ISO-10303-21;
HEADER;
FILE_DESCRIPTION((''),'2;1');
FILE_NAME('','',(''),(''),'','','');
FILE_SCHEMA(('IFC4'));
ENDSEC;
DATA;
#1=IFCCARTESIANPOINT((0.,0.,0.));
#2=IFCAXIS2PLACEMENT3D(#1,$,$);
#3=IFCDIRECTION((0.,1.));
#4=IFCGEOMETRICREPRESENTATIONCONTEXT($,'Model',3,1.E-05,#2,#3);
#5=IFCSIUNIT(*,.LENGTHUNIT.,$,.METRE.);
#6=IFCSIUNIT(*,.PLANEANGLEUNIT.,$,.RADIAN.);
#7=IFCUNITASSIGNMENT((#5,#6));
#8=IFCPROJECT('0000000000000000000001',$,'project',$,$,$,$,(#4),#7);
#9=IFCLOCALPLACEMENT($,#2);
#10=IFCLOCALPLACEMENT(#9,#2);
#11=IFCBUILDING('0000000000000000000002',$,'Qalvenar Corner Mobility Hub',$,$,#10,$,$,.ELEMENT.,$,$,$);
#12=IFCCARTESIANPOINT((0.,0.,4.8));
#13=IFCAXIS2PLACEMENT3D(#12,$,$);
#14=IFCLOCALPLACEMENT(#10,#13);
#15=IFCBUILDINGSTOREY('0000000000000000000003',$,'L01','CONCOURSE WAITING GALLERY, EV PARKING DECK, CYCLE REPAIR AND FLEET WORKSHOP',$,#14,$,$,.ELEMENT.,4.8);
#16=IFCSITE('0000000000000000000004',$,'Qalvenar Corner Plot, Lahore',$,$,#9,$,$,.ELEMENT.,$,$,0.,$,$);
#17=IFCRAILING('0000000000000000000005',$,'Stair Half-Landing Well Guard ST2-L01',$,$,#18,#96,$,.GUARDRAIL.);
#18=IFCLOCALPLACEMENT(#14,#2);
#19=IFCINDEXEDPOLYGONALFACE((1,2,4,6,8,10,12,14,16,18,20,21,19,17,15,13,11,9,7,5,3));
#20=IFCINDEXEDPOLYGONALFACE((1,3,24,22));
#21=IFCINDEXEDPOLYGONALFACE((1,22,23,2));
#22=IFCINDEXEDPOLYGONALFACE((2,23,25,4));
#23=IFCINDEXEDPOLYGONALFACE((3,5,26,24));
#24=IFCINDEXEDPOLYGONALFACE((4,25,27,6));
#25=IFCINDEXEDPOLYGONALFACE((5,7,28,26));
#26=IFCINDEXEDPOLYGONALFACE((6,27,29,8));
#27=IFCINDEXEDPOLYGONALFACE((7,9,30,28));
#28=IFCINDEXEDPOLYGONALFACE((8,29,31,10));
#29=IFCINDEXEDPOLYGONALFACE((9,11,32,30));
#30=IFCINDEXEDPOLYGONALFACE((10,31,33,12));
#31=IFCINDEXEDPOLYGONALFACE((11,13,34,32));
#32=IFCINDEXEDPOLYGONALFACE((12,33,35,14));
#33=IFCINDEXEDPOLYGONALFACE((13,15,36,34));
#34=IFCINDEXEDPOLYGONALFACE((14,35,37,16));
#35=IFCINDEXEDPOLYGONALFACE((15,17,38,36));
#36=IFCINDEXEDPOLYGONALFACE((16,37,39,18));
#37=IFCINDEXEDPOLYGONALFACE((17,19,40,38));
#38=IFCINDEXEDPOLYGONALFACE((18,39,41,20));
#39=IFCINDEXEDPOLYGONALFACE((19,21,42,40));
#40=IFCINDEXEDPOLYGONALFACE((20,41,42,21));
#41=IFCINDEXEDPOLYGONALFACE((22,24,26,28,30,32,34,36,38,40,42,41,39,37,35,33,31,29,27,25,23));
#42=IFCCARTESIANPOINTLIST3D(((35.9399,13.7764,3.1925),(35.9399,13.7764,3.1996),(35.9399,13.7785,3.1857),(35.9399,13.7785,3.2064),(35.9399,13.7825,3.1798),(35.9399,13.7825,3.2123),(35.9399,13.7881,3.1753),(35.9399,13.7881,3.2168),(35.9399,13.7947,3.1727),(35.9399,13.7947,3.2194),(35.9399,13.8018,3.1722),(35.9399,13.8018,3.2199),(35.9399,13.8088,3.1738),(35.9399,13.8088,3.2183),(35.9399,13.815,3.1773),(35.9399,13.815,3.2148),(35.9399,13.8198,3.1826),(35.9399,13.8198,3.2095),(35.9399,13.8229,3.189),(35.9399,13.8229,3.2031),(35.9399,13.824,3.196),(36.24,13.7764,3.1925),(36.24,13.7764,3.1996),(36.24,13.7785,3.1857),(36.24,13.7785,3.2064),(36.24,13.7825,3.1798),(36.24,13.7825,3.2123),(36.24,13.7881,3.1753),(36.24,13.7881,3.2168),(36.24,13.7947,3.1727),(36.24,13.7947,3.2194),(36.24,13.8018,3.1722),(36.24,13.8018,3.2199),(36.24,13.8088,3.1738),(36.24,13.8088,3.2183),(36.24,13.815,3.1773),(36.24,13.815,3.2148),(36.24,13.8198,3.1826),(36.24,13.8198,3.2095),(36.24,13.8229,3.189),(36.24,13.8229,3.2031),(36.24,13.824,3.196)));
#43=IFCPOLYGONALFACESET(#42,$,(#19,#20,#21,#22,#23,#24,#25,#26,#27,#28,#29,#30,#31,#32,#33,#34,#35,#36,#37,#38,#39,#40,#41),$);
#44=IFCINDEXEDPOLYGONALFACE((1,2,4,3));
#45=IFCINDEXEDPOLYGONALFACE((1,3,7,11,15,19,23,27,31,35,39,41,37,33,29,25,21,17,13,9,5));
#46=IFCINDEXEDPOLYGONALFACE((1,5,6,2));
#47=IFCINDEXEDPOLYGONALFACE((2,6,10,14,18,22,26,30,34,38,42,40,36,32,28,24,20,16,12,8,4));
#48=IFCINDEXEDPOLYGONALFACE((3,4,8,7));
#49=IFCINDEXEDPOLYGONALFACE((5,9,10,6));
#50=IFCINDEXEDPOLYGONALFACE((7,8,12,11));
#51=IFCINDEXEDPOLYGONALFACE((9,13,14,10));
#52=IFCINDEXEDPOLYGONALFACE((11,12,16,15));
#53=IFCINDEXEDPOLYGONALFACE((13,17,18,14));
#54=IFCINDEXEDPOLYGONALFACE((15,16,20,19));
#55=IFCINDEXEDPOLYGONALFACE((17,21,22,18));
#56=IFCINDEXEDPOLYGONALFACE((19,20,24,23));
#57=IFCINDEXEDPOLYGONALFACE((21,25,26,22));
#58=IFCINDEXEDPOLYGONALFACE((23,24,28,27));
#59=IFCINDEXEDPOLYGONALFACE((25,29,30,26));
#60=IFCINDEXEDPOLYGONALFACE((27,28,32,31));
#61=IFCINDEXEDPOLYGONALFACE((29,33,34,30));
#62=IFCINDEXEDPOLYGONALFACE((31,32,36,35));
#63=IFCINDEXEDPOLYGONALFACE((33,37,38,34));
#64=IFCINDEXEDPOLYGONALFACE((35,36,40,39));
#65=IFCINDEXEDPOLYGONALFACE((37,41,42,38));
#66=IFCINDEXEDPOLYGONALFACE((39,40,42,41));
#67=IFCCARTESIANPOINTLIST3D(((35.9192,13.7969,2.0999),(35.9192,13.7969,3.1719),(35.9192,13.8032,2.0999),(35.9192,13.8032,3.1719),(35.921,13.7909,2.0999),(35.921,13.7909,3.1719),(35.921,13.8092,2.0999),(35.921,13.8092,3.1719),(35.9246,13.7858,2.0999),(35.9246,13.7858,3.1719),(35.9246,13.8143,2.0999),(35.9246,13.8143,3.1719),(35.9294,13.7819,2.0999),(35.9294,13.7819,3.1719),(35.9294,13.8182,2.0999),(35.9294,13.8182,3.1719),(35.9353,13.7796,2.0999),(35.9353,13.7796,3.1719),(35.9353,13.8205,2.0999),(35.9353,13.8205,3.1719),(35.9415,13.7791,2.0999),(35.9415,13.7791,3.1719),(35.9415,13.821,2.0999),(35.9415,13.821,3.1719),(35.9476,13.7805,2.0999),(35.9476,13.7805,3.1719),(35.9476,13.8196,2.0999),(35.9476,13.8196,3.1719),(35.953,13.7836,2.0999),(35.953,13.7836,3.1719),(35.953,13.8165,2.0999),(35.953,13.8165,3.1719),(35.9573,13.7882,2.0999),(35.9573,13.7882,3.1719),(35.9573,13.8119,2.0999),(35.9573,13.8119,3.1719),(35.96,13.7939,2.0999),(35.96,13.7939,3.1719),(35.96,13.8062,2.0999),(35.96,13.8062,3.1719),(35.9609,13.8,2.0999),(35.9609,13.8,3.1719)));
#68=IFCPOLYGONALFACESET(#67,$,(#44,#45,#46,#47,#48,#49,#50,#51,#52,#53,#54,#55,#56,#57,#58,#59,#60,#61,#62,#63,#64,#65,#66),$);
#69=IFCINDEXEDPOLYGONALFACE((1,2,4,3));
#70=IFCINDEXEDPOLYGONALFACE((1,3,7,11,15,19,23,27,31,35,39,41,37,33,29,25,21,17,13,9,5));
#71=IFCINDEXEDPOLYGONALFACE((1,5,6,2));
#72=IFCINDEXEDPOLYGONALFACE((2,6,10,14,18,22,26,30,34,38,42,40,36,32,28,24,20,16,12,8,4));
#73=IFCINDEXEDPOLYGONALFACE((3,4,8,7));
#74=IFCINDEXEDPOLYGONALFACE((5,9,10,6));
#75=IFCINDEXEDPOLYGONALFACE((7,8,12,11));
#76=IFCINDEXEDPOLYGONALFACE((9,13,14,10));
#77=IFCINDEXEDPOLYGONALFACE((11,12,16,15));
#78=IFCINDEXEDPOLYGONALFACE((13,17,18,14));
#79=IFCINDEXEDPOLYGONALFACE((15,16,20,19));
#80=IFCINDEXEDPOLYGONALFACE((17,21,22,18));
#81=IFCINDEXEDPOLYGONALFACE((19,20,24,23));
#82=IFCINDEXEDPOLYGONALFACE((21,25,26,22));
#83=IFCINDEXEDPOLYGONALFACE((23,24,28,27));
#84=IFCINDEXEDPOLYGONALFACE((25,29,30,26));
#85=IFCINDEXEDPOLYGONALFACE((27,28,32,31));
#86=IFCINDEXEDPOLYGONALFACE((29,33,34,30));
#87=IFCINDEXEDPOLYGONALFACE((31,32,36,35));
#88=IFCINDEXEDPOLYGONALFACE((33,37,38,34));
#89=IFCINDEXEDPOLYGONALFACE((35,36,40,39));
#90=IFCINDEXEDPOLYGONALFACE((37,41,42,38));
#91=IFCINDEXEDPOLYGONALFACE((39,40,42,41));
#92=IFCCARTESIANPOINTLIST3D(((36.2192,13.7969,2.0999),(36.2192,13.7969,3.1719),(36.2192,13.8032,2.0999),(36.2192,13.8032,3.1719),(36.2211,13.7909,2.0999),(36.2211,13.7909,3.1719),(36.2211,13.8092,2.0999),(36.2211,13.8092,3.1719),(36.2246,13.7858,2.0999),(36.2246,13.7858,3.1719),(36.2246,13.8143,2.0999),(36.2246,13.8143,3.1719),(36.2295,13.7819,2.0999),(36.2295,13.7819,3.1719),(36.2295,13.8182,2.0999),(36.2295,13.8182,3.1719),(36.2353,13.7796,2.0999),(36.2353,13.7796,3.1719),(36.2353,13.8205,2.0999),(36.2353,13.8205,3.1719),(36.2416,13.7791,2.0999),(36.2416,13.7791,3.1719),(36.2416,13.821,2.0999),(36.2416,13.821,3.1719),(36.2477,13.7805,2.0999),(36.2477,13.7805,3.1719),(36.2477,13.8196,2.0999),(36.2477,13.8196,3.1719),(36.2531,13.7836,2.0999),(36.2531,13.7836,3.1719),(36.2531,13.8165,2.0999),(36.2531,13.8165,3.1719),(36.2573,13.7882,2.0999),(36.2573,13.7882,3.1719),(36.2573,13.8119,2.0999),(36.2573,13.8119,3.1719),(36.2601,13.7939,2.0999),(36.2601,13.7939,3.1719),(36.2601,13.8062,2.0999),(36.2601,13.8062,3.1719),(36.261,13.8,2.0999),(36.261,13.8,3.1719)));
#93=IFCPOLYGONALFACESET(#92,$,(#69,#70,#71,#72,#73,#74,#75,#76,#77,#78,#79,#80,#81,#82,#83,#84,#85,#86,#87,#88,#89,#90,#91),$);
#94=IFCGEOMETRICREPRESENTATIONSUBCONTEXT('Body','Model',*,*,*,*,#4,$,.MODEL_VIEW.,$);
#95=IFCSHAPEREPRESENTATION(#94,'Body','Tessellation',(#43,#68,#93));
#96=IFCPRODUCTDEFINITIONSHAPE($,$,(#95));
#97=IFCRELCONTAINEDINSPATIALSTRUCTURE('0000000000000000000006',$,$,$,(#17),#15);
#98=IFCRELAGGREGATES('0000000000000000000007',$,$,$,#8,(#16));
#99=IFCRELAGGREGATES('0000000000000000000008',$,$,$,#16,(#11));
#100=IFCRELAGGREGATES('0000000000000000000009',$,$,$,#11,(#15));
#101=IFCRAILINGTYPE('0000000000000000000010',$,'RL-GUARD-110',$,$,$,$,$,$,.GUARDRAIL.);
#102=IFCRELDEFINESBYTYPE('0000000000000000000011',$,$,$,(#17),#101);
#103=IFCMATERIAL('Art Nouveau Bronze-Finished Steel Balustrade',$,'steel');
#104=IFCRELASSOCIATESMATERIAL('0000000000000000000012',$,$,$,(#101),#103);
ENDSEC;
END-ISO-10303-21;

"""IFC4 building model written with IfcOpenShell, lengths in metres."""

from ifc_helpers import new_model, si_unit, direction, frame, origin, origin_2d, place, context, subcontext, project, spatial, circle, extrude, material, type_object, element, save


model = new_model("IFC4")

# Units and contexts
model_context = context("Model", 3, precision=1e-05, world=origin(), true_north=direction((0.0, 1.0)))
body_context = subcontext(model_context, "Body", "Model", "MODEL_VIEW")
ifc_project = project(units=[si_unit("LENGTHUNIT", "METRE"), si_unit("PLANEANGLEUNIT", "RADIAN")], contexts=[model_context])

# Site, building, storey
site_placement = place(None, origin())
site = spatial("IfcSite", under=ifc_project, at=site_placement, Name="Qalvenar Corner Plot, Lahore", CompositionType="ELEMENT", RefElevation=0.0)
building_placement = place(site_placement, origin())
building = spatial("IfcBuilding", under=site, at=building_placement, Name="Qalvenar Corner Mobility Hub", CompositionType="ELEMENT")
storey_placement = place(building_placement, frame((0.0, 0.0, 4.8)))
storey = spatial("IfcBuildingStorey", under=building, at=storey_placement, Name="L01", Description="CONCOURSE WAITING GALLERY, EV PARKING DECK, CYCLE REPAIR AND FLEET WORKSHOP", CompositionType="ELEMENT", Elevation=4.8)

# Railing
ifc_material_1 = material(Name="Art Nouveau Bronze-Finished Steel Balustrade", Category="steel")
railing_type_1 = type_object("IfcRailingType", Name="RL-GUARD-110", PredefinedType="GUARDRAIL", material=ifc_material_1)
for number, where, name in (
    (1, (35.9399, 13.8, 2.0999), "Stair Half-Landing Well Guard ST2-L01"),
):
    element("IfcRailing", number, at=place(storey_placement, frame(where)), inside=storey, type_object=railing_type_1, Name=name, PredefinedType="GUARDRAIL", context=body_context, shape_type="SweptSolid", body=[
        extrude(circle(Radius=0.0239, at=origin_2d()), frame((0.0, 0.0, 1.0962), z_axis=(1.0, 0.0, 0.0), x_axis=(0.0, 1.0, 0.0)), (0.0, 0.0, 1.0), 0.3),
        extrude(circle(Radius=0.021, at=origin_2d()), origin(), (0.0, 0.0, 1.0), 1.072),
        extrude(circle(Radius=0.021, at=origin_2d()), frame((0.3, 0.0, 0.0)), (0.0, 0.0, 1.0), 1.072),
    ])

save(model, "model.ifc")
